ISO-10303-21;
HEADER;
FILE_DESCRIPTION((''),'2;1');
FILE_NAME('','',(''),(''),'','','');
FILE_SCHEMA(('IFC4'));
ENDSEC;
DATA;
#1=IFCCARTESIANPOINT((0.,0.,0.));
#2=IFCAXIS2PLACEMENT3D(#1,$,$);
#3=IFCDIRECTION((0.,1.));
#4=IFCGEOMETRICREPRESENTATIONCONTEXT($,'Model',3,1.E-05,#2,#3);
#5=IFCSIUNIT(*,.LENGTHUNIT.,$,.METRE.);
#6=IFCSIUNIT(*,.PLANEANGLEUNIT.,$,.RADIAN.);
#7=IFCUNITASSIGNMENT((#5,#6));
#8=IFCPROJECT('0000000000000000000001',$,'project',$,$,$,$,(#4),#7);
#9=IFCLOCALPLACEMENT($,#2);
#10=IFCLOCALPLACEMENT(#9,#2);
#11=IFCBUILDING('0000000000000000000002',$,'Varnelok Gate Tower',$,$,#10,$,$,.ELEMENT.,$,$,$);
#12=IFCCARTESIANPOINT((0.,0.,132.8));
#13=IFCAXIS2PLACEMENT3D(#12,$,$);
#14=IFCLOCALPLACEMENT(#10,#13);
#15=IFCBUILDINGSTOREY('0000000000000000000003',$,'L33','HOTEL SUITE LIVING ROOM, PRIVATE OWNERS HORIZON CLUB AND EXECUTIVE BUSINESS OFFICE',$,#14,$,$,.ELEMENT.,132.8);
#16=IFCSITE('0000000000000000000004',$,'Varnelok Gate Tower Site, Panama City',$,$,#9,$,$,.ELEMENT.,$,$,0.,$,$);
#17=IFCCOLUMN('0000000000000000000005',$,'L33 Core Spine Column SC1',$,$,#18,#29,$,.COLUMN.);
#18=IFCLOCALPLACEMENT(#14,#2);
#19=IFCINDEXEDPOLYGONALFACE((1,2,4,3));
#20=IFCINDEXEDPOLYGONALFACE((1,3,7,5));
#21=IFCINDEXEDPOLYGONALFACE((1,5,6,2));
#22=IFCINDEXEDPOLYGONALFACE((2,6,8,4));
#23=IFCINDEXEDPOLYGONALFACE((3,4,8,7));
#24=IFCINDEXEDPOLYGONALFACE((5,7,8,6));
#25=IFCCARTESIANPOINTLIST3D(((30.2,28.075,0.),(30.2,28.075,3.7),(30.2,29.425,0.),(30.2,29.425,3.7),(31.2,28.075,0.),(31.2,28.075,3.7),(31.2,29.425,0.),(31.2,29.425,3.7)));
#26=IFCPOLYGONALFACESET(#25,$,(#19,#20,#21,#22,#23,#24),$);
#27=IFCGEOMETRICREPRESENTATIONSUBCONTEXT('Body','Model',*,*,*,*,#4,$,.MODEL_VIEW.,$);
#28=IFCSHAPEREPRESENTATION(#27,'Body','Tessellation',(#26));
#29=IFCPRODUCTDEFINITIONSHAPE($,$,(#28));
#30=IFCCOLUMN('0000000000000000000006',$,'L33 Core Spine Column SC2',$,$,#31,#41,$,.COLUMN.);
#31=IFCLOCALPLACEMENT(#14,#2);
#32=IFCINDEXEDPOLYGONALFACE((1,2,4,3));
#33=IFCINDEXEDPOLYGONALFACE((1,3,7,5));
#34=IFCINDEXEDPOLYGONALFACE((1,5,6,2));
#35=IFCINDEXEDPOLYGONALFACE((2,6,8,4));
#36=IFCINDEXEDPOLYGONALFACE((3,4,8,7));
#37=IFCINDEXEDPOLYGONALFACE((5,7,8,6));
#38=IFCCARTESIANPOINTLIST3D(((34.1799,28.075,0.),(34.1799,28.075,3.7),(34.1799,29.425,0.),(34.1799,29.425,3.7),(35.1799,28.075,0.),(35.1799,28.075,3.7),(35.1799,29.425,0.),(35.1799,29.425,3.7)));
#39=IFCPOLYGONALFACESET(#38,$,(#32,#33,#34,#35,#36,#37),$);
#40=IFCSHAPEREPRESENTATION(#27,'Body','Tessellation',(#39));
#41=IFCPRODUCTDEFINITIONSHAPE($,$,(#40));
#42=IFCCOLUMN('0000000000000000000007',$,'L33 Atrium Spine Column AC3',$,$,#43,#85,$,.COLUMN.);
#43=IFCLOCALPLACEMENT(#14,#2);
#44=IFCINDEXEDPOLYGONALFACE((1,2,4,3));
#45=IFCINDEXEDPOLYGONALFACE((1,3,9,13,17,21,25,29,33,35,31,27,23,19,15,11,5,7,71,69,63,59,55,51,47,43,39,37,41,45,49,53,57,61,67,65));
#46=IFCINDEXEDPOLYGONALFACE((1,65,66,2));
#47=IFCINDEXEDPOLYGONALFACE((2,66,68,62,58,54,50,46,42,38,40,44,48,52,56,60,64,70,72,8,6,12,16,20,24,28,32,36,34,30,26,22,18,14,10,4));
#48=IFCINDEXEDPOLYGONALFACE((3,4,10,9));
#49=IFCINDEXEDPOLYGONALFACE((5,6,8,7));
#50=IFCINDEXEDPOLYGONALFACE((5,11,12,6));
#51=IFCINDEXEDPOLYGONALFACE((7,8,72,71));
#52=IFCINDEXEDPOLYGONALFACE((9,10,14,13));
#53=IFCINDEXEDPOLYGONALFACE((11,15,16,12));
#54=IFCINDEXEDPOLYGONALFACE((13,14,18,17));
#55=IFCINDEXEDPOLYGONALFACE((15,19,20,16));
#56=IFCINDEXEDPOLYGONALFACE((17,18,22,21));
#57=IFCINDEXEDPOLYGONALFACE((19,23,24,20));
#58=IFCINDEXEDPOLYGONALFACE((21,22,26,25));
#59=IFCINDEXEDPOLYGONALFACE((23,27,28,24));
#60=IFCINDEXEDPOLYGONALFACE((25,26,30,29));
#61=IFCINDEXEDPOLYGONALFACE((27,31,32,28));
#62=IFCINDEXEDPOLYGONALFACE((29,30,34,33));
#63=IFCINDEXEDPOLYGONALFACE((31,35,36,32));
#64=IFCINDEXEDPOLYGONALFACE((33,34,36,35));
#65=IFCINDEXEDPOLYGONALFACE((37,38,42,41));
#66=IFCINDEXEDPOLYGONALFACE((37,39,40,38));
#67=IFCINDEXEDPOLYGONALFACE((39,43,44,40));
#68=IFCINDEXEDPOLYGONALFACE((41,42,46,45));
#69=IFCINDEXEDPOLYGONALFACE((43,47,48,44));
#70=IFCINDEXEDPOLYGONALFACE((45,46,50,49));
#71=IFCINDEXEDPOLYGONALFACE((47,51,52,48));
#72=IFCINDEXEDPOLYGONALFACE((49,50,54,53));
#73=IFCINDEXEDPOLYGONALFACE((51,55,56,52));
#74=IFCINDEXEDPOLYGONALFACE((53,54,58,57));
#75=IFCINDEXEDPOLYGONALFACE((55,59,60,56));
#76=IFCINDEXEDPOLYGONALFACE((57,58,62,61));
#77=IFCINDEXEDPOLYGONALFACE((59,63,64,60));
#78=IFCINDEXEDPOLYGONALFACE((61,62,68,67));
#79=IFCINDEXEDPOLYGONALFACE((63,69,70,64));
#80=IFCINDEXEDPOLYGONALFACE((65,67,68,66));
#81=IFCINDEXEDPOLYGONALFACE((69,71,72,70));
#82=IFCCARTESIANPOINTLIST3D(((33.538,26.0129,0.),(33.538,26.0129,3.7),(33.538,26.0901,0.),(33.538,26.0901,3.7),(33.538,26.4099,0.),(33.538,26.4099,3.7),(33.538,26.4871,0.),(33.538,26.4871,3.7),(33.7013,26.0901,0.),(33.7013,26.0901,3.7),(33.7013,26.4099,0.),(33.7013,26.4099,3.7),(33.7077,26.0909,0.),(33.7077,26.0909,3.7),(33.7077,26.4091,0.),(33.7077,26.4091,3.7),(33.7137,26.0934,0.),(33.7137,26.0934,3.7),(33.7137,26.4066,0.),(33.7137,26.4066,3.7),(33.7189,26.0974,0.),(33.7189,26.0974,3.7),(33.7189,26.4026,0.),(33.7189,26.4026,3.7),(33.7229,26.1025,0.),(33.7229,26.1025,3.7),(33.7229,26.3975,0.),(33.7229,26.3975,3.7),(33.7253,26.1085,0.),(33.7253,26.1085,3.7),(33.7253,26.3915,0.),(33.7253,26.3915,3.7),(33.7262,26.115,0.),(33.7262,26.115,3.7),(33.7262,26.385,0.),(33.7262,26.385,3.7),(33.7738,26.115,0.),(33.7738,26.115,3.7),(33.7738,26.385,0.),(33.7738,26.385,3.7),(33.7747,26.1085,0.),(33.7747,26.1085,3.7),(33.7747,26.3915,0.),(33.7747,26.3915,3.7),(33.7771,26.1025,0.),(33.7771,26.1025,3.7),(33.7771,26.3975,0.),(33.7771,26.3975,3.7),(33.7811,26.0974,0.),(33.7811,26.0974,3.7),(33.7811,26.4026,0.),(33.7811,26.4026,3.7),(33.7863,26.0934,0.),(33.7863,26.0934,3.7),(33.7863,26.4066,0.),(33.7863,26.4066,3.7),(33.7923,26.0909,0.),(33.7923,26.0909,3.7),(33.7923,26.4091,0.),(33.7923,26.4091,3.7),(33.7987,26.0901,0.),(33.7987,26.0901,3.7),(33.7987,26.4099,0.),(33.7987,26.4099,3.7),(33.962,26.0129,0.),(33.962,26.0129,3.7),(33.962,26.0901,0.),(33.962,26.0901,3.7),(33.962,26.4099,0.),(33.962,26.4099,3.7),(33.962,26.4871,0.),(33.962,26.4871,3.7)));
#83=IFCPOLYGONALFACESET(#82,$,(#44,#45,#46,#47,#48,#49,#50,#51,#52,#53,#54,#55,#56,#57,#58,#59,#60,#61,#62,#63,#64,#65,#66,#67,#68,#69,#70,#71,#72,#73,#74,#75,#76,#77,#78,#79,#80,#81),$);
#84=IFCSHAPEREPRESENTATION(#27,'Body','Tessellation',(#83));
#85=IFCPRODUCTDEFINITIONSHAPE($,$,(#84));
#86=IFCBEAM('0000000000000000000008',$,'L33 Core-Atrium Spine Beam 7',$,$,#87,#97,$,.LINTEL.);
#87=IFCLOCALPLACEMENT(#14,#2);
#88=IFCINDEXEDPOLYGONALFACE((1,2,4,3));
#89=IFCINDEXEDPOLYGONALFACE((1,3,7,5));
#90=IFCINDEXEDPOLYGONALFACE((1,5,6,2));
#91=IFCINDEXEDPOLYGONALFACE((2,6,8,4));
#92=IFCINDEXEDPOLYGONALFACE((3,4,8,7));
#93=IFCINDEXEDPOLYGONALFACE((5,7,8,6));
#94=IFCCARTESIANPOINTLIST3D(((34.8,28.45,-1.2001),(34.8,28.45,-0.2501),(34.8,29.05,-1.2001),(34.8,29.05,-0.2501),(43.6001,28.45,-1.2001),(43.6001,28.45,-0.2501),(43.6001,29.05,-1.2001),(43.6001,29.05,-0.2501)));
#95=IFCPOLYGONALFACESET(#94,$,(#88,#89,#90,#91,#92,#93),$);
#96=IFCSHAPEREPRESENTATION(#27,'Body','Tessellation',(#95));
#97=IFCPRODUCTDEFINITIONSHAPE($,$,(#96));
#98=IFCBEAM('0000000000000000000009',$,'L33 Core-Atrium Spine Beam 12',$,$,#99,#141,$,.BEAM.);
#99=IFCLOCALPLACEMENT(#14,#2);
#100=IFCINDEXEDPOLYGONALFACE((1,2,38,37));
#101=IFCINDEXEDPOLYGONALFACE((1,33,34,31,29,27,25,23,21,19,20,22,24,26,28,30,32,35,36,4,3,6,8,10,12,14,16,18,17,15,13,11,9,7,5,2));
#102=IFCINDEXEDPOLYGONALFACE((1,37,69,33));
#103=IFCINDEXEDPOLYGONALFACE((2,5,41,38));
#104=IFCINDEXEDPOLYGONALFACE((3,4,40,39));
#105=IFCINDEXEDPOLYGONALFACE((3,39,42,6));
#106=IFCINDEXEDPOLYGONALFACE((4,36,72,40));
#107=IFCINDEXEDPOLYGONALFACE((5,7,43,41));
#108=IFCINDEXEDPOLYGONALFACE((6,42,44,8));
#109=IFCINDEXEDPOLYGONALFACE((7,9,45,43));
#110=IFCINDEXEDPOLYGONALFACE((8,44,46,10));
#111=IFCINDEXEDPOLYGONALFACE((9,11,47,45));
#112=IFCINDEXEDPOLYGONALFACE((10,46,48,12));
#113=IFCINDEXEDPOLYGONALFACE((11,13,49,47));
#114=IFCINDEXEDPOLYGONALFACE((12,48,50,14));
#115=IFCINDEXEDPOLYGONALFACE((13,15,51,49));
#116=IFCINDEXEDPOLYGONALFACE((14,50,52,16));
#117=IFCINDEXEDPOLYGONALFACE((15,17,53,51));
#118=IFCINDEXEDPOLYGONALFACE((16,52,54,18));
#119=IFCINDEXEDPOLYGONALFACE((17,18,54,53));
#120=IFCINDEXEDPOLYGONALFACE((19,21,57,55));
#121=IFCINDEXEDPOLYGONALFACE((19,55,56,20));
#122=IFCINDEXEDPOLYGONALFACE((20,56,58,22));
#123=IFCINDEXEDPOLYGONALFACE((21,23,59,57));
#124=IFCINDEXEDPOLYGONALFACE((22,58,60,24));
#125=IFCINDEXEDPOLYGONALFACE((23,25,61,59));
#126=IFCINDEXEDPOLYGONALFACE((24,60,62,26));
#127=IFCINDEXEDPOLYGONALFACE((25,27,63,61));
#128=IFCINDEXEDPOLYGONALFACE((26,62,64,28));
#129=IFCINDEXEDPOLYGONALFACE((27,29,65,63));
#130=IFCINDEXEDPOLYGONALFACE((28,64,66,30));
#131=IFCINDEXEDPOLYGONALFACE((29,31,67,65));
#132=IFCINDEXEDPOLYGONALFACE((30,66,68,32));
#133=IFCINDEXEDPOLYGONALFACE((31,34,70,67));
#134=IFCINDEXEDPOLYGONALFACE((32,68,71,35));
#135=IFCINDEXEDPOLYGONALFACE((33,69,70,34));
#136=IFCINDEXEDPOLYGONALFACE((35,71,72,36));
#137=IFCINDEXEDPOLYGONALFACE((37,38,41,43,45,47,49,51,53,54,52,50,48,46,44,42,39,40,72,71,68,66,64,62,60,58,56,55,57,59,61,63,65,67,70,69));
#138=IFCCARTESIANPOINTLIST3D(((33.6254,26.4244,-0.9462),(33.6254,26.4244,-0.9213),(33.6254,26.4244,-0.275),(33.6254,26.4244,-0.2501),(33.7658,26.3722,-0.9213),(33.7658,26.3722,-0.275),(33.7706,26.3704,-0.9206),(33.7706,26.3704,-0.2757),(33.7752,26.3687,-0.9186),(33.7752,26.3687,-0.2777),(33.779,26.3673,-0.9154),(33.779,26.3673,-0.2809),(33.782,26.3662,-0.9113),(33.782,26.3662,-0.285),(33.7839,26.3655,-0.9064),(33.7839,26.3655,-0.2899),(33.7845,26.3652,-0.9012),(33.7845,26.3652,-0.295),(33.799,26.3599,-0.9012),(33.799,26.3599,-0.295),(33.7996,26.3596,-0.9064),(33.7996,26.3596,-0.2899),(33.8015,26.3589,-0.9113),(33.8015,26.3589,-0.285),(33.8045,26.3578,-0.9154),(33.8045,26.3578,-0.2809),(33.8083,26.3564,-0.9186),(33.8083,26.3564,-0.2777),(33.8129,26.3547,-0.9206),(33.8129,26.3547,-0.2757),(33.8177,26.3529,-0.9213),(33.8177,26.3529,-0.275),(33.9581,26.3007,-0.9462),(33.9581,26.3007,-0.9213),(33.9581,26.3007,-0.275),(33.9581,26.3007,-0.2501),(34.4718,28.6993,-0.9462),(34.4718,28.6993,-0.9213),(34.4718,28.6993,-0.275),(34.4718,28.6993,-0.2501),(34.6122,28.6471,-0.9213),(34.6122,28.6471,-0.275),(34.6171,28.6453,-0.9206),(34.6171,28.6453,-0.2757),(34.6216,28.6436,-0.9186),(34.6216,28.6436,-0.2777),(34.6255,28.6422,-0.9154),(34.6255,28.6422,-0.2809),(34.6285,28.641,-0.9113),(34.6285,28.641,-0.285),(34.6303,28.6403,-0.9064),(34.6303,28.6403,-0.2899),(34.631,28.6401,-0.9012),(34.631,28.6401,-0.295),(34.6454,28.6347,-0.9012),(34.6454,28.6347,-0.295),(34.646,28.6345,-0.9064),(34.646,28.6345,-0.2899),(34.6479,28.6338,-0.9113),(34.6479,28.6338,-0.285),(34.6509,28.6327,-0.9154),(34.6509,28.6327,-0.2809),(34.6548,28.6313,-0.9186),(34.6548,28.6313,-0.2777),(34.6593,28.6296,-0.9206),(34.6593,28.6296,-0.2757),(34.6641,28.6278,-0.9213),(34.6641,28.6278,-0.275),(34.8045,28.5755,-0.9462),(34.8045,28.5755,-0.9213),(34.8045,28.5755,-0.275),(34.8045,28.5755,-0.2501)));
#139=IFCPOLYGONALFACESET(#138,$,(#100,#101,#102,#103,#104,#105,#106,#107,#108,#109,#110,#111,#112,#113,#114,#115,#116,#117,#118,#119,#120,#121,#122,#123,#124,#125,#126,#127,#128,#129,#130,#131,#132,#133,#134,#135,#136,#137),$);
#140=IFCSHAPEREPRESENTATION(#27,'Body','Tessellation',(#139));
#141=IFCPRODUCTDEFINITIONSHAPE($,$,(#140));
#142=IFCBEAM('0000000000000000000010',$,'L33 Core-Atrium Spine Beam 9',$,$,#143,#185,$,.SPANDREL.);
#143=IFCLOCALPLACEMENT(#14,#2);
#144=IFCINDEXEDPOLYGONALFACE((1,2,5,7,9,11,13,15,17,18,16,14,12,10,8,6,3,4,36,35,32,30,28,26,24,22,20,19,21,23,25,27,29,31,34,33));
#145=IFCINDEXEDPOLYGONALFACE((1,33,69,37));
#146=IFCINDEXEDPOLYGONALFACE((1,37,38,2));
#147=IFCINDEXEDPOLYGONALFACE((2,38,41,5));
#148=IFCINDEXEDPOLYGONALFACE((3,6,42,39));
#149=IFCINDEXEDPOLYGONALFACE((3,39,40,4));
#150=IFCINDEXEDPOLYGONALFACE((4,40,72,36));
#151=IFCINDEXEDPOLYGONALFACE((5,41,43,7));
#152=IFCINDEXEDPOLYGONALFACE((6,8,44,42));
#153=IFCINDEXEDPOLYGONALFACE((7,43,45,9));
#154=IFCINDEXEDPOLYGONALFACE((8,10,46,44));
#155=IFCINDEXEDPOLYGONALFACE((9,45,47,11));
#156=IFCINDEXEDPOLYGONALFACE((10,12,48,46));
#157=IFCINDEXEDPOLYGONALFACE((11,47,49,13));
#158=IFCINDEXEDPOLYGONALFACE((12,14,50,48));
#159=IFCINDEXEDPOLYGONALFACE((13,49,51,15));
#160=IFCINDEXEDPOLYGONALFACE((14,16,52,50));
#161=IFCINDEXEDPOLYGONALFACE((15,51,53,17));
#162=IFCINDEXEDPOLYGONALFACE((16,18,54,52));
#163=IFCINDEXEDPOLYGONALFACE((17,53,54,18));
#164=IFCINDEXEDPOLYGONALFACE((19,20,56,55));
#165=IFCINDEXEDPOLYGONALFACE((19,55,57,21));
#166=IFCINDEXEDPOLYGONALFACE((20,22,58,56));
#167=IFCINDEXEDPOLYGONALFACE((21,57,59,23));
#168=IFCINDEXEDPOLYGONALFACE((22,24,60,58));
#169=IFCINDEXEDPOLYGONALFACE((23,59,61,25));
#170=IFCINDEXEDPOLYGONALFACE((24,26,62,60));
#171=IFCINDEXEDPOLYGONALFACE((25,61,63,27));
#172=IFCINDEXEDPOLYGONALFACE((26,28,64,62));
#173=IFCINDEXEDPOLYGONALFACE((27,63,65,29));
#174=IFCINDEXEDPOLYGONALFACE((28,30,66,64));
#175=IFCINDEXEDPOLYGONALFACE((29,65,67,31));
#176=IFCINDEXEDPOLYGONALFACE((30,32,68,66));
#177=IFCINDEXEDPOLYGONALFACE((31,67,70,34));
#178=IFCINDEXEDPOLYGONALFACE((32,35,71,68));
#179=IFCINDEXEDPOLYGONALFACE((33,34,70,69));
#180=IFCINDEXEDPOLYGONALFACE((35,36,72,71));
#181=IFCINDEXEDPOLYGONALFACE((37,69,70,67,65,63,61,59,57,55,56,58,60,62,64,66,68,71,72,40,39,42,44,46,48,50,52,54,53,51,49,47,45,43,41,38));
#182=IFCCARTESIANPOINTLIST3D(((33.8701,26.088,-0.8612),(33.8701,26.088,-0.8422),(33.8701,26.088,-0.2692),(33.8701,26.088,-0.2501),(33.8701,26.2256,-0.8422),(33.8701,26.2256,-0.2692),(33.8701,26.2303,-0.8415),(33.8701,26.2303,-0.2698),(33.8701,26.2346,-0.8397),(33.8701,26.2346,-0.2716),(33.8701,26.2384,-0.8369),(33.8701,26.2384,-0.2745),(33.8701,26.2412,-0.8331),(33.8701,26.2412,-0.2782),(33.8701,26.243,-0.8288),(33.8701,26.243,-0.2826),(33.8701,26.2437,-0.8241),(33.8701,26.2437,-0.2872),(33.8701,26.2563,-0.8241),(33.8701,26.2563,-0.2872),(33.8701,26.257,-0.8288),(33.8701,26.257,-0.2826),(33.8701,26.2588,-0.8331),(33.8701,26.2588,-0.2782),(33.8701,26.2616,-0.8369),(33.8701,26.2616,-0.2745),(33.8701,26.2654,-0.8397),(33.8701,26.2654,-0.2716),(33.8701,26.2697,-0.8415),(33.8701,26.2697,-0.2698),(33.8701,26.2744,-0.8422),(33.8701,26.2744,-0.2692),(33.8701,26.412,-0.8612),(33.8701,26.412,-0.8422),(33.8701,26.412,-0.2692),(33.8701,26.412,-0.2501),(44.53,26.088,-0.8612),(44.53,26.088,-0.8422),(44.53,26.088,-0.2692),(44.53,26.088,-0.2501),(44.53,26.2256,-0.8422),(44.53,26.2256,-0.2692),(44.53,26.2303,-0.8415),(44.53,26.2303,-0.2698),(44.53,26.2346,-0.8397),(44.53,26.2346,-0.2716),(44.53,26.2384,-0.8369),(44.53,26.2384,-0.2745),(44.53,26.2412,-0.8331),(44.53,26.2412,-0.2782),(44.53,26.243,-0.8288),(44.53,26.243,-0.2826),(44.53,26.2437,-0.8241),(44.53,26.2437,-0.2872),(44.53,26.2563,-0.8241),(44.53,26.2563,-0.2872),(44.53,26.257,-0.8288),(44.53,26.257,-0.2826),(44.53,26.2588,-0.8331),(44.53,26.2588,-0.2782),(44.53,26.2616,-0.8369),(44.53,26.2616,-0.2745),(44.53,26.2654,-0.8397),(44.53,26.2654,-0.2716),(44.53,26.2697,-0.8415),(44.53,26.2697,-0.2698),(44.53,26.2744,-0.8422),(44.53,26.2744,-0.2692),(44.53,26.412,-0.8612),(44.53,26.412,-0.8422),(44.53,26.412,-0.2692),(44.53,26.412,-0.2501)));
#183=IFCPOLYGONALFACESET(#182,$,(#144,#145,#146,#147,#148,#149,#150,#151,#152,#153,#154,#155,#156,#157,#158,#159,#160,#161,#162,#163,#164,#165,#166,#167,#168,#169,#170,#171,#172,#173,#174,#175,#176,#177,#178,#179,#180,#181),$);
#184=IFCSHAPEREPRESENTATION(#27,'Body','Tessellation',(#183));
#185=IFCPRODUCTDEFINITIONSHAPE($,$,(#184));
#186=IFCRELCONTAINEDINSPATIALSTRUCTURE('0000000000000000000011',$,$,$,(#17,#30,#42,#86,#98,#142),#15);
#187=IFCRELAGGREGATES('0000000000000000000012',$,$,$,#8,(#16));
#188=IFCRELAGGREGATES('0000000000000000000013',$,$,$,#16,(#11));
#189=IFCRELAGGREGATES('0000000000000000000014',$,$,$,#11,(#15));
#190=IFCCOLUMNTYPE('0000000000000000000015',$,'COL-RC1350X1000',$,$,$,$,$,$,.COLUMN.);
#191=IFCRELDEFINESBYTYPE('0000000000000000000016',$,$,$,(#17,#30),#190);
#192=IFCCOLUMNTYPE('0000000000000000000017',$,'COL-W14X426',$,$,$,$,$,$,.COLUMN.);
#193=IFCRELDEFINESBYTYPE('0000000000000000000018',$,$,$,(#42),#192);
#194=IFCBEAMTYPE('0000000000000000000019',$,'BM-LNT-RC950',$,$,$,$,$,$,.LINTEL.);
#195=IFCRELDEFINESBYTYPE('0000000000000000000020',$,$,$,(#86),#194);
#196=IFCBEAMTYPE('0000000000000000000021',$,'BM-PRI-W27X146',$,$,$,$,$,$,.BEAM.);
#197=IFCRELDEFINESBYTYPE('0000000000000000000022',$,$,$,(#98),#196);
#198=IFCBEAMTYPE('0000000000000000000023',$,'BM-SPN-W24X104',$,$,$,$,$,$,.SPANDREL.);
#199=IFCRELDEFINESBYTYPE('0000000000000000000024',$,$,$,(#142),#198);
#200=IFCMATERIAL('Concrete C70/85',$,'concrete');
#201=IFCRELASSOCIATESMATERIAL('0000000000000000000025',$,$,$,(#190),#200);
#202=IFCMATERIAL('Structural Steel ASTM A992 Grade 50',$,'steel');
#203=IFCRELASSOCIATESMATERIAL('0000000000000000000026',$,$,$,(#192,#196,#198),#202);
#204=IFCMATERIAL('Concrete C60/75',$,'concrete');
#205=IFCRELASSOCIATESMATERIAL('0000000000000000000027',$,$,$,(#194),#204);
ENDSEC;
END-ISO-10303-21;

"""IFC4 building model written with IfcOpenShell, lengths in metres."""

from ifc_helpers import new_model, si_unit, direction, frame, origin, origin_2d, place, context, subcontext, project, spatial, rectangle, i_section, extrude, material, material_profile, profile_set, type_object, element, save


model = new_model("IFC4")

# Units and contexts
model_context = context("Model", 3, precision=1e-05, world=origin(), true_north=direction((0.0, 1.0)))
body_context = subcontext(model_context, "Body", "Model", "MODEL_VIEW")
ifc_project = project(units=[si_unit("LENGTHUNIT", "METRE"), si_unit("PLANEANGLEUNIT", "RADIAN")], contexts=[model_context])

# Site, building, storey
site_placement = place(None, origin())
site = spatial("IfcSite", under=ifc_project, at=site_placement, Name="Varnelok Gate Tower Site, Panama City", CompositionType="ELEMENT", RefElevation=0.0)
building_placement = place(site_placement, origin())
building = spatial("IfcBuilding", under=site, at=building_placement, Name="Varnelok Gate Tower", CompositionType="ELEMENT")
storey_placement = place(building_placement, frame((0.0, 0.0, 132.8)))
storey = spatial("IfcBuildingStorey", under=building, at=storey_placement, Name="L33", Description="HOTEL SUITE LIVING ROOM, PRIVATE OWNERS HORIZON CLUB AND EXECUTIVE BUSINESS OFFICE", CompositionType="ELEMENT", Elevation=132.8)

# Columns
ifc_material_1 = material(Name="Concrete C70/85", Category="concrete")
ifc_material_profile_1 = material_profile(ifc_material_1, rectangle(XDim=1.0, YDim=1.3501, at=origin_2d()), Name="RC1350X1000")
ifc_profile_set_1 = profile_set([ifc_material_profile_1], Name="Concrete C70/85")
column_type_1 = type_object("IfcColumnType", Name="COL-RC1350X1000", PredefinedType="COLUMN", material=ifc_profile_set_1)
for number, where, z_axis, x_axis, name in (
    (1, (30.7, 28.75, 0.0), (0.0, 0.0, 1.0), (1.0, 0.0, 0.0), "L33 Core Spine Column SC1"),
    (2, (34.6799, 28.75, 0.0), (0.0, 0.0, 1.0), (1.0, 0.0, 0.0), "L33 Core Spine Column SC2"),
):
    element("IfcColumn", number, at=place(storey_placement, frame(where, z_axis=z_axis, x_axis=x_axis)), inside=storey, type_object=column_type_1, Name=name, PredefinedType="COLUMN", context=body_context, shape_type="SweptSolid", body=[
        extrude(rectangle(XDim=1.0, YDim=1.3501, at=origin_2d()), origin(), (0.0, 0.0, 1.0), 3.7),
    ])
ifc_material_2 = material(Name="Structural Steel ASTM A992 Grade 50", Category="steel")
ifc_material_profile_2 = material_profile(ifc_material_2, i_section(OverallWidth=0.4241, OverallDepth=0.4741, WebThickness=0.0476, FlangeThickness=0.0771, FilletRadius=0.0249, at=origin_2d()), Name="W14X426")
ifc_profile_set_2 = profile_set([ifc_material_profile_2], Name="Structural Steel ASTM A992 Grade 50")
column_type_2 = type_object("IfcColumnType", Name="COL-W14X426", PredefinedType="COLUMN", material=ifc_profile_set_2)
column_placement = place(storey_placement, frame((33.75, 26.25, 0.0), z_axis=(0.0, 0.0, 1.0), x_axis=(1.0, 0.0, 0.0)))
element("IfcColumn", 3, at=column_placement, inside=storey, type_object=column_type_2, Name="L33 Atrium Spine Column AC3", PredefinedType="COLUMN", context=body_context, shape_type="SweptSolid", body=[
    extrude(i_section(OverallWidth=0.4241, OverallDepth=0.4741, WebThickness=0.0476, FlangeThickness=0.0771, FilletRadius=0.0249, at=origin_2d()), origin(), (0.0, 0.0, 1.0), 3.7),
])

# Beams
ifc_material_3 = material(Name="Concrete C60/75", Category="concrete")
ifc_material_profile_3 = material_profile(ifc_material_3, rectangle(XDim=0.6001, YDim=0.95, at=origin_2d()), Name="RC950X600")
ifc_profile_set_3 = profile_set([ifc_material_profile_3], Name="Concrete C60/75")
beam_type_1 = type_object("IfcBeamType", Name="BM-LNT-RC950", PredefinedType="LINTEL", material=ifc_profile_set_3)
beam_1_placement = place(storey_placement, frame((34.8, 28.75, -0.7251), z_axis=(1.0, 0.0, 0.0), x_axis=(0.0, 1.0, 0.0)))
element("IfcBeam", 4, at=beam_1_placement, inside=storey, type_object=beam_type_1, Name="L33 Core-Atrium Spine Beam 7", PredefinedType="LINTEL", context=body_context, shape_type="SweptSolid", body=[
    extrude(rectangle(XDim=0.6001, YDim=0.95, at=origin_2d()), origin(), (0.0, 0.0, 1.0), 8.8),
])
ifc_material_profile_4 = material_profile(ifc_material_2, i_section(OverallWidth=0.355, OverallDepth=0.696, WebThickness=0.0154, FlangeThickness=0.0249, FilletRadius=0.02, at=origin_2d()), Name="W27X146")
ifc_profile_set_4 = profile_set([ifc_material_profile_4], Name="Structural Steel ASTM A992 Grade 50")
beam_type_2 = type_object("IfcBeamType", Name="BM-PRI-W27X146", PredefinedType="BEAM", material=ifc_profile_set_4)
beam_2_placement = place(storey_placement, frame((33.7917, 26.3625, -0.5981), z_axis=(0.348719, 0.937227, 0.0), x_axis=(-0.937227, 0.348719, 0.0)))
element("IfcBeam", 5, at=beam_2_placement, inside=storey, type_object=beam_type_2, Name="L33 Core-Atrium Spine Beam 12", PredefinedType="BEAM", context=body_context, shape_type="SweptSolid", body=[
    extrude(i_section(OverallWidth=0.355, OverallDepth=0.696, WebThickness=0.0154, FlangeThickness=0.0249, FilletRadius=0.02, at=origin_2d()), origin(), (0.0, 0.0, 1.0), 2.4272),
])
ifc_material_profile_5 = material_profile(ifc_material_2, i_section(OverallWidth=0.324, OverallDepth=0.6111, WebThickness=0.0127, FlangeThickness=0.019, FilletRadius=0.0181, at=origin_2d()), Name="W24X104")
ifc_profile_set_5 = profile_set([ifc_material_profile_5], Name="Structural Steel ASTM A992 Grade 50")
beam_type_3 = type_object("IfcBeamType", Name="BM-SPN-W24X104", PredefinedType="SPANDREL", material=ifc_profile_set_5)
beam_3_placement = place(storey_placement, frame((33.8701, 26.25, -0.5557), z_axis=(1.0, 0.0, 0.0), x_axis=(0.0, 1.0, 0.0)))
element("IfcBeam", 6, at=beam_3_placement, inside=storey, type_object=beam_type_3, Name="L33 Core-Atrium Spine Beam 9", PredefinedType="SPANDREL", context=body_context, shape_type="SweptSolid", body=[
    extrude(i_section(OverallWidth=0.324, OverallDepth=0.6111, WebThickness=0.0127, FlangeThickness=0.019, FilletRadius=0.0181, at=origin_2d()), origin(), (0.0, 0.0, 1.0), 10.6599),
])

save(model, "model.ifc")
